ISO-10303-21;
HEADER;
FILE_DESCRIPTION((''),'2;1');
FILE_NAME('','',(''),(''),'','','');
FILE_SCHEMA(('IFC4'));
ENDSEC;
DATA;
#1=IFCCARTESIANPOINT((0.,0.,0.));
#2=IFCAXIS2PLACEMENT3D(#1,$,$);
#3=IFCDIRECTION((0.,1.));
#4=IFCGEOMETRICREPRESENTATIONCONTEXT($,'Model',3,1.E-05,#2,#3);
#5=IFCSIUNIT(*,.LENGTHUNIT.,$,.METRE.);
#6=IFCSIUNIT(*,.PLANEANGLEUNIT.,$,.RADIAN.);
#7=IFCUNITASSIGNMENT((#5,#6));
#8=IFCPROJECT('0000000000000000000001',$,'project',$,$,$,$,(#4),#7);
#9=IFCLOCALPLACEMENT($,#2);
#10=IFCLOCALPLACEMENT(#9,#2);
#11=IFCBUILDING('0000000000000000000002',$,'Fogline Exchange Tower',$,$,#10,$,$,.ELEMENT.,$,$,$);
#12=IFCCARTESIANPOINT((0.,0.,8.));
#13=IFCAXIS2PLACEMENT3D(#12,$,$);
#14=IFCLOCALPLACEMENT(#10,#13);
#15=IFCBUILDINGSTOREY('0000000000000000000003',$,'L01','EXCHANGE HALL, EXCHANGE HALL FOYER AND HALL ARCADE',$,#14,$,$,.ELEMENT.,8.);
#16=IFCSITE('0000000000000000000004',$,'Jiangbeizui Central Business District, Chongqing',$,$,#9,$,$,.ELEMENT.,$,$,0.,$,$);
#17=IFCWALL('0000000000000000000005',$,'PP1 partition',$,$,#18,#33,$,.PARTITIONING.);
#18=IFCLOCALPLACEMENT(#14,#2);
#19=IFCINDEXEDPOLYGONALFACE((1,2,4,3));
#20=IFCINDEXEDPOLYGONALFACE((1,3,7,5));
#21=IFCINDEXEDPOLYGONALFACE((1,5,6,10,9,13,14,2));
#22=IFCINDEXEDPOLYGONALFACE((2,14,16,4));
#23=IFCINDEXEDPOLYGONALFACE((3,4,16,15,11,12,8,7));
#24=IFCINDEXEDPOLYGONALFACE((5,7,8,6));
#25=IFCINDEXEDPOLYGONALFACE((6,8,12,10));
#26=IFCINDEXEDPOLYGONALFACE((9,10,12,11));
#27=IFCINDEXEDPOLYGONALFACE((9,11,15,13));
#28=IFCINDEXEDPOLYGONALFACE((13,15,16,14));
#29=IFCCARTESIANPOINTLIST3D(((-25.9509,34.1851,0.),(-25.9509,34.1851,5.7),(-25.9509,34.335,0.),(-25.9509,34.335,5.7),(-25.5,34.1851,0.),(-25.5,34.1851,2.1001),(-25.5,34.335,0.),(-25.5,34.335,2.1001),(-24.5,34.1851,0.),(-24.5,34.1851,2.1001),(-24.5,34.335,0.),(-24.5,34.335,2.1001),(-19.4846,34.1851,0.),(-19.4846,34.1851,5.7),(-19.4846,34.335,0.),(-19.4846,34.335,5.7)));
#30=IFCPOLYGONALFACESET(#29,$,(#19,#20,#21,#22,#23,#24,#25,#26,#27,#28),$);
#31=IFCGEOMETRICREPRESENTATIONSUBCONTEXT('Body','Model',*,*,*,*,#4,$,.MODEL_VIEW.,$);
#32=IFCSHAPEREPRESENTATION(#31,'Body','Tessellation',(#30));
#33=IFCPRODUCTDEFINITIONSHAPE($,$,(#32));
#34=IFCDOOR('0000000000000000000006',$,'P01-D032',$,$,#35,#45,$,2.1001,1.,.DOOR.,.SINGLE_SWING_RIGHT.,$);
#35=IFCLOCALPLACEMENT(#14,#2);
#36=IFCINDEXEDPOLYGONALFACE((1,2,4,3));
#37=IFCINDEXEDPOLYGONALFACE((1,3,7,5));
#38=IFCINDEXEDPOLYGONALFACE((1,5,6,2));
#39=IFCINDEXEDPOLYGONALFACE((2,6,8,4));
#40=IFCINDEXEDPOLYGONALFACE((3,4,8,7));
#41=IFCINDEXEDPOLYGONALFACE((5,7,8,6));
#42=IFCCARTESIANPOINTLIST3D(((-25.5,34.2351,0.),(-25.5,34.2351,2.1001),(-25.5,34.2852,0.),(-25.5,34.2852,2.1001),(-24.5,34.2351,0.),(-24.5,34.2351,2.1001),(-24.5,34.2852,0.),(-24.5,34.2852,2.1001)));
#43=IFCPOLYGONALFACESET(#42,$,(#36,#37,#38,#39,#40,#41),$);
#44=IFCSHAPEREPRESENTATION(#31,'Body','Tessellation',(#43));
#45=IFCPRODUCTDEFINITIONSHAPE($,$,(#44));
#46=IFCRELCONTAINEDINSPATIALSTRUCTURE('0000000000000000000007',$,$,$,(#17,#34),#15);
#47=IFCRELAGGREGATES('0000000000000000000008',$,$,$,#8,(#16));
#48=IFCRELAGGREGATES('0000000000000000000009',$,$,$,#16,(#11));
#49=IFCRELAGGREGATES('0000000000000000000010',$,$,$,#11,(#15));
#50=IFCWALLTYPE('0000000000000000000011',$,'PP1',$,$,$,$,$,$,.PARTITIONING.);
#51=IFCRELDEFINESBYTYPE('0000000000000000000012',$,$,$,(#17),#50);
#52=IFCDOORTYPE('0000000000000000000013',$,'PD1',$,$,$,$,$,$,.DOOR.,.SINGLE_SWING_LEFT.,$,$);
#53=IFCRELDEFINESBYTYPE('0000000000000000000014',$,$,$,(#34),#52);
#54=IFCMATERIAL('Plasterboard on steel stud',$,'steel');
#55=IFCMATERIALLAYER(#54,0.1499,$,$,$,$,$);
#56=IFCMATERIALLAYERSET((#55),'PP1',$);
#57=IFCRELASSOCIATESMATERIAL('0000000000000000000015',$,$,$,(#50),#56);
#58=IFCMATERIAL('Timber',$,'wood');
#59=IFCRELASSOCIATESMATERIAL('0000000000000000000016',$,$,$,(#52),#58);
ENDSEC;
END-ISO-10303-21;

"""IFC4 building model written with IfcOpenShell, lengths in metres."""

from ifc_helpers import new_model, si_unit, direction, frame, frame_2d, origin, place, context, subcontext, project, spatial, rectangle, extrude, material, layer, layer_set, type_object, element, fill, save


model = new_model("IFC4")

# Units and contexts
model_context = context("Model", 3, precision=1e-05, world=origin(), true_north=direction((0.0, 1.0)))
body_context = subcontext(model_context, "Body", "Model", "MODEL_VIEW")
ifc_project = project(units=[si_unit("LENGTHUNIT", "METRE"), si_unit("PLANEANGLEUNIT", "RADIAN")], contexts=[model_context])

# Site, building, storey
site_placement = place(None, origin())
site = spatial("IfcSite", under=ifc_project, at=site_placement, Name="Jiangbeizui Central Business District, Chongqing", CompositionType="ELEMENT", RefElevation=0.0)
building_placement = place(site_placement, origin())
building = spatial("IfcBuilding", under=site, at=building_placement, Name="Fogline Exchange Tower", CompositionType="ELEMENT")
storey_placement = place(building_placement, frame((0.0, 0.0, 8.0)))
storey = spatial("IfcBuildingStorey", under=building, at=storey_placement, Name="L01", Description="EXCHANGE HALL, EXCHANGE HALL FOYER AND HALL ARCADE", CompositionType="ELEMENT", Elevation=8.0)

# Wall, opening, door
ifc_material_1 = material(Name="Plasterboard on steel stud", Category="steel")
ifc_layer_1 = layer(ifc_material_1, 0.1499)
ifc_layer_set_1 = layer_set([ifc_layer_1], Name="PP1")
wall_type_1 = type_object("IfcWallType", Name="PP1", PredefinedType="PARTITIONING", material=ifc_layer_set_1)
wall_1_placement = place(storey_placement, frame((-25.9509, 34.26, 0.0), z_axis=(0.0, 0.0, 1.0), x_axis=(1.0, 0.0, 0.0)))
wall_1 = element("IfcWall", 1, at=wall_1_placement, inside=storey, type_object=wall_type_1, Name="PP1 partition", PredefinedType="PARTITIONING", context=body_context, shape_type="SweptSolid", body=[
    extrude(rectangle(XDim=6.4663, YDim=0.1499, at=frame_2d((3.2332, 0.0))), origin(), (0.0, 0.0, 1.0), 5.7),
])
opening_1_placement = place(wall_1_placement, frame((0.4509, 0.0, 0.0)))
opening_1 = element("IfcOpeningElement", 2, at=opening_1_placement, cuts=wall_1, PredefinedType="OPENING", context=body_context, shape_type="SweptSolid", body=[
    extrude(rectangle(XDim=1.0, YDim=2.1001, at=frame_2d((0.5, 1.05))), frame((0.0, 0.085, 0.0), z_axis=(0.0, -1.0, 0.0), x_axis=(1.0, 0.0, 0.0)), (0.0, 0.0, 1.0), 0.1699),
])
ifc_material_2 = material(Name="Timber", Category="wood")
door_type = type_object("IfcDoorType", Name="PD1", OperationType="SINGLE_SWING_LEFT", PredefinedType="DOOR", material=ifc_material_2)
door_placement = place(opening_1_placement, frame((1.0, 0.0, 0.0), z_axis=(0.0, 0.0, 1.0), x_axis=(-1.0, 0.0, 0.0)))
door = element("IfcDoor", 3, at=door_placement, inside=storey, type_object=door_type, Name="P01-D032", OperationType="SINGLE_SWING_RIGHT", OverallHeight=2.1001, OverallWidth=1.0, PredefinedType="DOOR", context=body_context, shape_type="SweptSolid", body=[
    extrude(rectangle(XDim=1.0, YDim=2.1001, at=frame_2d((0.5, 1.05))), frame((0.0, 0.0249, 0.0), z_axis=(0.0, -1.0, 0.0), x_axis=(1.0, 0.0, 0.0)), (0.0, 0.0, 1.0), 0.05),
])
fill(opening_1, door)

save(model, "model.ifc")
